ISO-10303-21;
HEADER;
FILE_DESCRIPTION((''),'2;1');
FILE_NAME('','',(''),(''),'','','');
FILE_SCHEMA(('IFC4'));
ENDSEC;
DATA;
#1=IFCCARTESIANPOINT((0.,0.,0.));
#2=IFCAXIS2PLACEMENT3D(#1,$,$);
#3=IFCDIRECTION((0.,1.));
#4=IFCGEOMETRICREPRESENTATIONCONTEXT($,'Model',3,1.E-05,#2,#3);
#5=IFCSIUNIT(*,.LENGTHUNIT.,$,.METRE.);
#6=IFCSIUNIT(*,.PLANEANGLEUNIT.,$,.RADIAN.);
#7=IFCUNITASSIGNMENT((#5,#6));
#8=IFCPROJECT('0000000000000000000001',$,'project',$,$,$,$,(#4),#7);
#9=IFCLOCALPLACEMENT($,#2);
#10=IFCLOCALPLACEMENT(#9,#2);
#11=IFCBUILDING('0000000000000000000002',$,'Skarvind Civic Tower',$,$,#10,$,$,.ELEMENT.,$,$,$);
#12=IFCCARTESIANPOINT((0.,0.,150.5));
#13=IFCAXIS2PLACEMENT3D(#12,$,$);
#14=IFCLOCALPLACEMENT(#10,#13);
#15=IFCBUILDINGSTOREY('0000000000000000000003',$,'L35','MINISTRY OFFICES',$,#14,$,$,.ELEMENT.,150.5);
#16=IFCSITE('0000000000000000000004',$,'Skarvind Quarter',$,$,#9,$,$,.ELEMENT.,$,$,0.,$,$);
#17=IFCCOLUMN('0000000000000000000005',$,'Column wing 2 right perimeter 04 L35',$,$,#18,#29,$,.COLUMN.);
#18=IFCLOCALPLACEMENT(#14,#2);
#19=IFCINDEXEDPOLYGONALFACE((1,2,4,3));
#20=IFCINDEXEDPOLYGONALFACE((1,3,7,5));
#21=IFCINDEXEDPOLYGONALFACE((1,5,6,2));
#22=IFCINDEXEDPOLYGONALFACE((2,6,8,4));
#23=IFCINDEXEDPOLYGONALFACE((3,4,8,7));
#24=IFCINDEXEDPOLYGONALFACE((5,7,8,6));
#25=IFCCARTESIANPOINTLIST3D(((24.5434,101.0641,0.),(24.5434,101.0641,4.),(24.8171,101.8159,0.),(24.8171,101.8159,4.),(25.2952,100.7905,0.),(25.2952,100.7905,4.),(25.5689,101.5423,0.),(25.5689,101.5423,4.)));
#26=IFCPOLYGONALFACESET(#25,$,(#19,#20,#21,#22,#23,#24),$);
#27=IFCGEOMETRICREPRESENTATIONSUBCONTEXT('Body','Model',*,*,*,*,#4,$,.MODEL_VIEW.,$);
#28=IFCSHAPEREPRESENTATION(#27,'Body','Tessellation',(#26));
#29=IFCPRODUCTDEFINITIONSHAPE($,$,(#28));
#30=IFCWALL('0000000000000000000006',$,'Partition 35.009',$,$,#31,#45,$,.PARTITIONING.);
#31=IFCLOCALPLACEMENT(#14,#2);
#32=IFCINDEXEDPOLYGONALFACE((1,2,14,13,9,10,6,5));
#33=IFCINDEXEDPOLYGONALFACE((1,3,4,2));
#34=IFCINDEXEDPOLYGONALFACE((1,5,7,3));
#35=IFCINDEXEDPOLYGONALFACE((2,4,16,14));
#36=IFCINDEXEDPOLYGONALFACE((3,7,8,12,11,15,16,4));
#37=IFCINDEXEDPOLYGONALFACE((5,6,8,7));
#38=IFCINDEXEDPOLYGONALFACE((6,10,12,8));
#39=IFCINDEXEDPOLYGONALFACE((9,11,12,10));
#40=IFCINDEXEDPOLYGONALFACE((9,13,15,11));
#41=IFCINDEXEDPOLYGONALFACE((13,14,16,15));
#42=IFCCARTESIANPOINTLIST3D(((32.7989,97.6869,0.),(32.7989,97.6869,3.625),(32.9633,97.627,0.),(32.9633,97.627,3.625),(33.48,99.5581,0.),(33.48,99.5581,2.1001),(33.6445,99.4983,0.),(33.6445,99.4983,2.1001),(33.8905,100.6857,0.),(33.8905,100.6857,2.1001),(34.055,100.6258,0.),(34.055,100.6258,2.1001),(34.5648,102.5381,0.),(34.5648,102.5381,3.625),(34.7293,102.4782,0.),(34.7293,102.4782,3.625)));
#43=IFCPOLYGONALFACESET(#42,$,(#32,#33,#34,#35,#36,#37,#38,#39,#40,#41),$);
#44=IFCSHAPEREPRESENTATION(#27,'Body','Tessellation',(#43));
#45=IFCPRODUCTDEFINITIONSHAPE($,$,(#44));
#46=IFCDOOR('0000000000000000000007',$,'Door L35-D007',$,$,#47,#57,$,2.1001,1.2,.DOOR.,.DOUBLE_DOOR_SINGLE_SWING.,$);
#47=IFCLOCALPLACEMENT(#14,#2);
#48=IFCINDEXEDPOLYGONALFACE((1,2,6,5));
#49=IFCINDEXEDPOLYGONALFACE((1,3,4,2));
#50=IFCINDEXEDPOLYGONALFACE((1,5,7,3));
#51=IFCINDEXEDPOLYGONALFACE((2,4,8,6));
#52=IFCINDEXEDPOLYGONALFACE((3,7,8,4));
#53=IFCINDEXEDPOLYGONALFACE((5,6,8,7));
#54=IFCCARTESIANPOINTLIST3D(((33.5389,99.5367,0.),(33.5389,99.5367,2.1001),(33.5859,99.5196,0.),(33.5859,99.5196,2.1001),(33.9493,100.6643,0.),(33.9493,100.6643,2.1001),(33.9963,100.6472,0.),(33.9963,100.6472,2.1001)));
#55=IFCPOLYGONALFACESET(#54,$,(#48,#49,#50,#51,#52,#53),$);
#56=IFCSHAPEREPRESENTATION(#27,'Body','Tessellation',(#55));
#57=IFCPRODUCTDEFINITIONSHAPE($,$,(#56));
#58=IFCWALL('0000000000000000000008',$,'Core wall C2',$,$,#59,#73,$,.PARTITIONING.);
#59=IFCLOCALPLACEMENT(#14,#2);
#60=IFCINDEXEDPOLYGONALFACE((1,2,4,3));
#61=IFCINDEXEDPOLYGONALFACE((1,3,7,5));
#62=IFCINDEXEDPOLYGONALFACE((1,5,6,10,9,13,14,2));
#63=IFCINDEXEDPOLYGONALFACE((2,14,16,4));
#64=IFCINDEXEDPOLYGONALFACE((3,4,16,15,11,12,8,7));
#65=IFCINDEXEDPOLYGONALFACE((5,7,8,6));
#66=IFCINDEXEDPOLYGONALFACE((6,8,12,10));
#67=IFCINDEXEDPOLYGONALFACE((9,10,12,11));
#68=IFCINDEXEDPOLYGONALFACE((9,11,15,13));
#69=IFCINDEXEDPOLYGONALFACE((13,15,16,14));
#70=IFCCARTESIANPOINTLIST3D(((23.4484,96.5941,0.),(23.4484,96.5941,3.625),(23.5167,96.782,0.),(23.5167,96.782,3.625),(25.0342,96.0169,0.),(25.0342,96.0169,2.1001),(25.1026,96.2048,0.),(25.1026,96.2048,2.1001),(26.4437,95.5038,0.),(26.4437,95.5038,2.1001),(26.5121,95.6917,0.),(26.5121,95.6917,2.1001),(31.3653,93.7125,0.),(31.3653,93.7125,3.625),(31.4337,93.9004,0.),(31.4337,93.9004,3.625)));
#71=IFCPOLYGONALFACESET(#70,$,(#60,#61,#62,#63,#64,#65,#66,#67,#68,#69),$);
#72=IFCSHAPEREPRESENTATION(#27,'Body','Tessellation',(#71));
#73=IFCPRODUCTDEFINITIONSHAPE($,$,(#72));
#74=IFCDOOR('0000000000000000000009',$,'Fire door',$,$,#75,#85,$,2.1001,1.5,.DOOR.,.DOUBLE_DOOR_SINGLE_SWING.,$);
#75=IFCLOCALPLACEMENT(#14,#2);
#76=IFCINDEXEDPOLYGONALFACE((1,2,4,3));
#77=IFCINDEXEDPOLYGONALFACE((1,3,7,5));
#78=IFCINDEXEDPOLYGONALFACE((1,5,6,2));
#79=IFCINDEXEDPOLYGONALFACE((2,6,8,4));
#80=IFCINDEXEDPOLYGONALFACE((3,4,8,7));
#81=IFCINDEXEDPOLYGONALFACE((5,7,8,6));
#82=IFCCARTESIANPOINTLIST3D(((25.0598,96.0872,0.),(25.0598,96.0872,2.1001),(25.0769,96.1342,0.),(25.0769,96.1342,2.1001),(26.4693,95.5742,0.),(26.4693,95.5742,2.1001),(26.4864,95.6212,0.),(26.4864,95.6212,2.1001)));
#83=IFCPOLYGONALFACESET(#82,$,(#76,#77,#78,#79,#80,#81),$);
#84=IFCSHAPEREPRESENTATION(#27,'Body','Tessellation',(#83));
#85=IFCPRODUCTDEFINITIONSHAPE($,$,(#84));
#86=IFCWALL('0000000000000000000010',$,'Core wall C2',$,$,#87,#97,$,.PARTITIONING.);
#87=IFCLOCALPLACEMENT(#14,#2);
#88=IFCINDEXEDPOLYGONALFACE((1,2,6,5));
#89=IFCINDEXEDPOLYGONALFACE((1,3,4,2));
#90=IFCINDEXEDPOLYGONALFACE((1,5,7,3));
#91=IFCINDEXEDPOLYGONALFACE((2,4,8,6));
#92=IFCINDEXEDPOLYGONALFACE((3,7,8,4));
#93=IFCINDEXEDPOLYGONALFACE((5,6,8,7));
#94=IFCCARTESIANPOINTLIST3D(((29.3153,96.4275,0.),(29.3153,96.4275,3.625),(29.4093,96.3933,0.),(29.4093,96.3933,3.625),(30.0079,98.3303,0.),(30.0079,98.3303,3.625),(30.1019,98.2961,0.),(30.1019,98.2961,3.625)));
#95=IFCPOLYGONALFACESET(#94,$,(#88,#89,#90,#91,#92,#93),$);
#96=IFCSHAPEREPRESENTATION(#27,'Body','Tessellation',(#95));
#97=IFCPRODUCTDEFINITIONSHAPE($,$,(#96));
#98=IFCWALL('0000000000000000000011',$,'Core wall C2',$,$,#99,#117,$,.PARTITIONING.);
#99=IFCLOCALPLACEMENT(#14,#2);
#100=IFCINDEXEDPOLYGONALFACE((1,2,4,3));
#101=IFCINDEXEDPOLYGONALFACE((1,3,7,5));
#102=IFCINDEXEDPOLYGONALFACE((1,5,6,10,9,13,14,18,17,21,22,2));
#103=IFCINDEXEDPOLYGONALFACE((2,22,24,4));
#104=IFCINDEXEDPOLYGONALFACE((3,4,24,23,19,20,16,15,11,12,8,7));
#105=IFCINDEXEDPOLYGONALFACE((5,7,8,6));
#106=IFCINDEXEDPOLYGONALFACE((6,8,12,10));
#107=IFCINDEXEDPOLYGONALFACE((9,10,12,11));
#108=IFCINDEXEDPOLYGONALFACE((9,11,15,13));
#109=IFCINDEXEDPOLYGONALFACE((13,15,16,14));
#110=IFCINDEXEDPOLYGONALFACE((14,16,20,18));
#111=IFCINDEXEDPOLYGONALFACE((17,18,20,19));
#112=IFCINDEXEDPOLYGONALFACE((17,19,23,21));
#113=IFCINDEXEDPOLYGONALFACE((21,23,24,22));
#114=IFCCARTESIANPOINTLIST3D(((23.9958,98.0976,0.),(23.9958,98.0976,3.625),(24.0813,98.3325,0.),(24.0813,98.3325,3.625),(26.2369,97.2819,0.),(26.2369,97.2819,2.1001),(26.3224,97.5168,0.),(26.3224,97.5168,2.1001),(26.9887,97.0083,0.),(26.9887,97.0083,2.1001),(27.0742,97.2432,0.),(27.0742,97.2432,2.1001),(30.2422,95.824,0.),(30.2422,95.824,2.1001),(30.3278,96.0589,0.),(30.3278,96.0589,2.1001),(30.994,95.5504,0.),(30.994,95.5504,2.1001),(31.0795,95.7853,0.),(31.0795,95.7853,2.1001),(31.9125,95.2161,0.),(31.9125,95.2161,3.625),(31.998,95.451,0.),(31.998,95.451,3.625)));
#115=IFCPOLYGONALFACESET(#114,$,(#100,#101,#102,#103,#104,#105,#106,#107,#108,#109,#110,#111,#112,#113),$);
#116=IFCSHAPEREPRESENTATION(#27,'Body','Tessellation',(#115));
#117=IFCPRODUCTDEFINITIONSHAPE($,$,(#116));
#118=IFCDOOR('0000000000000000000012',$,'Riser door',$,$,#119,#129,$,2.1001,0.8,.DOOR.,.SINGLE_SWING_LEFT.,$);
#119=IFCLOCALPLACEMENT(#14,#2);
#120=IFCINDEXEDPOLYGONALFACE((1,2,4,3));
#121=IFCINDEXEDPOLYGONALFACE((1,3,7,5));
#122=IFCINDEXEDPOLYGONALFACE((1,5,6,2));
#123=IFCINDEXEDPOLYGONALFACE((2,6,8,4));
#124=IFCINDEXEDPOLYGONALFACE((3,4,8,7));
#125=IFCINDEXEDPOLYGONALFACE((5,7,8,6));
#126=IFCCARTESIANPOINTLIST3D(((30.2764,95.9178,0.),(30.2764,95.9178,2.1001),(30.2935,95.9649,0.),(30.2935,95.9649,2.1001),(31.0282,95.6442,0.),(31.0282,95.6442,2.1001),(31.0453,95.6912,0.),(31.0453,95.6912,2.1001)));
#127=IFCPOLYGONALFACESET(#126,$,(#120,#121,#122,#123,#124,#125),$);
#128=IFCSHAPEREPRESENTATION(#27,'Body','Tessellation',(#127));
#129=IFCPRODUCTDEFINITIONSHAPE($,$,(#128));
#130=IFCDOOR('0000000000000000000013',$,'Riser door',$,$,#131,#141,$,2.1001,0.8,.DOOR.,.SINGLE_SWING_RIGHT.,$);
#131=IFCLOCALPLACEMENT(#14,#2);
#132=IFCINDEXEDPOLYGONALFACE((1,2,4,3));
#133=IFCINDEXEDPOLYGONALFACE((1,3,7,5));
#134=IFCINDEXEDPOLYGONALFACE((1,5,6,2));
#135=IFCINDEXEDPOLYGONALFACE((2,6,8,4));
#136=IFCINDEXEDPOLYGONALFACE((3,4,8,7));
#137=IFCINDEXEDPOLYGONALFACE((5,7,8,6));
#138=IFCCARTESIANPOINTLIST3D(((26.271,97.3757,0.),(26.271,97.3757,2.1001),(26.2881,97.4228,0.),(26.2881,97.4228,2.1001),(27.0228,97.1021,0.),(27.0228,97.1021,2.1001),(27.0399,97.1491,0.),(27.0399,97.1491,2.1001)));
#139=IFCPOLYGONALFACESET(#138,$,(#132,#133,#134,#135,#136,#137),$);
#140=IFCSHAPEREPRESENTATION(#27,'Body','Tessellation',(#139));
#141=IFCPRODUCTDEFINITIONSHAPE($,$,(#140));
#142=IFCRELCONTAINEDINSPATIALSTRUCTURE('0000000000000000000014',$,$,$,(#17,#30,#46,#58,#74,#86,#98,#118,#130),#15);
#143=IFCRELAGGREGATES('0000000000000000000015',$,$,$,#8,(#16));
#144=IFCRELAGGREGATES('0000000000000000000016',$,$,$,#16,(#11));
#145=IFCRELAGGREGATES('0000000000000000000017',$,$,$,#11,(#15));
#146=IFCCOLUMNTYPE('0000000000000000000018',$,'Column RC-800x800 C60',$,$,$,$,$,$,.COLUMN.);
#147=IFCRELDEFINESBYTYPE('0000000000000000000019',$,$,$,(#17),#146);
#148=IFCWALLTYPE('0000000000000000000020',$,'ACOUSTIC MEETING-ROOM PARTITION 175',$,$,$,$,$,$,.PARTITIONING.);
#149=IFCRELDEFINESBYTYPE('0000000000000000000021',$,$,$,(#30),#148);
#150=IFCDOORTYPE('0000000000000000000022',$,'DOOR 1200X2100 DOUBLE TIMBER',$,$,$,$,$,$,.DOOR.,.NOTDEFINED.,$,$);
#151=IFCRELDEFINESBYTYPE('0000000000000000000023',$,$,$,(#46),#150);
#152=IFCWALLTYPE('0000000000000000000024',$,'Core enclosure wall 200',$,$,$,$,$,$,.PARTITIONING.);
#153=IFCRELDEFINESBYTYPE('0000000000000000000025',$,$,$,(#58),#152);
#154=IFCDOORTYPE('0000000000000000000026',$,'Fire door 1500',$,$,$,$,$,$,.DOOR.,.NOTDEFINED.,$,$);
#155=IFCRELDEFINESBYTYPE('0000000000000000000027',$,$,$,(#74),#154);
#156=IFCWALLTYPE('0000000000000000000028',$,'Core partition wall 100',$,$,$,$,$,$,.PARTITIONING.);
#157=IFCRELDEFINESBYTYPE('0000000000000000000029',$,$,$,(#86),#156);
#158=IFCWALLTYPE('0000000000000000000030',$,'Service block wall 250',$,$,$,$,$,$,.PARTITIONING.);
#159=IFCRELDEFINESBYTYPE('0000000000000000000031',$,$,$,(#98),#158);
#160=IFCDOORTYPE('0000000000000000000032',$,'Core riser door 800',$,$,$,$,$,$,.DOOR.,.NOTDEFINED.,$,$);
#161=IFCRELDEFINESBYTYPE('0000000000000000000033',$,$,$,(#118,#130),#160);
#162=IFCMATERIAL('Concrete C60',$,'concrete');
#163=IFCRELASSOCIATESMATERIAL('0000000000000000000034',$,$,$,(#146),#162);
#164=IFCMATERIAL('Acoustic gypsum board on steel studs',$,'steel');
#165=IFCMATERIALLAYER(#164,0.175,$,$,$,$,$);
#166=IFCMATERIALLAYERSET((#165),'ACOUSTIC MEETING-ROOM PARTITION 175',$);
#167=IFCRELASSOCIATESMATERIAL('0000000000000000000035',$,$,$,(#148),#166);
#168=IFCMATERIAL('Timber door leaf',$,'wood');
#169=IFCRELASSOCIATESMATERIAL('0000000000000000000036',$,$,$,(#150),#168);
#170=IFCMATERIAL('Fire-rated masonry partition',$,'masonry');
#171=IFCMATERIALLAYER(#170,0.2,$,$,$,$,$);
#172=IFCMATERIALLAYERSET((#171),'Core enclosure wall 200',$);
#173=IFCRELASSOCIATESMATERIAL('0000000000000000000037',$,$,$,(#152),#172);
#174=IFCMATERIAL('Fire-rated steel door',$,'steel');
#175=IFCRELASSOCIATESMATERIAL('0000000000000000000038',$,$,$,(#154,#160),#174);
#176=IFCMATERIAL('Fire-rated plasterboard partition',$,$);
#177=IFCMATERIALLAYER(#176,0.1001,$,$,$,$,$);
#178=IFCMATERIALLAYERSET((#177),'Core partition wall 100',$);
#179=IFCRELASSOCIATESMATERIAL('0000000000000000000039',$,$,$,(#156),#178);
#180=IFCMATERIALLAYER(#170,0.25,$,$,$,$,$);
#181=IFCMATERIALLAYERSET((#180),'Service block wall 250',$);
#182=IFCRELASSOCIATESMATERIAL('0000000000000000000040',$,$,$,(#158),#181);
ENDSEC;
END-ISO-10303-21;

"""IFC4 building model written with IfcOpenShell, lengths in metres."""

from ifc_helpers import new_model, si_unit, direction, frame, frame_2d, origin, origin_2d, place, context, subcontext, project, spatial, rectangle, extrude, material, layer, layer_set, material_profile, profile_set, type_object, element, fill, save


model = new_model("IFC4")

# Units and contexts
model_context = context("Model", 3, precision=1e-05, world=origin(), true_north=direction((0.0, 1.0)))
body_context = subcontext(model_context, "Body", "Model", "MODEL_VIEW")
ifc_project = project(units=[si_unit("LENGTHUNIT", "METRE"), si_unit("PLANEANGLEUNIT", "RADIAN")], contexts=[model_context])

# Site, building, storey
site_placement = place(None, origin())
site = spatial("IfcSite", under=ifc_project, at=site_placement, Name="Skarvind Quarter", CompositionType="ELEMENT", RefElevation=0.0)
building_placement = place(site_placement, origin())
building = spatial("IfcBuilding", under=site, at=building_placement, Name="Skarvind Civic Tower", CompositionType="ELEMENT")
storey_placement = place(building_placement, frame((0.0, 0.0, 150.5)))
storey = spatial("IfcBuildingStorey", under=building, at=storey_placement, Name="L35", Description="MINISTRY OFFICES", CompositionType="ELEMENT", Elevation=150.5)

# Column
ifc_material_1 = material(Name="Concrete C60", Category="concrete")
ifc_material_profile = material_profile(ifc_material_1, rectangle(XDim=0.8, YDim=0.8, at=origin_2d()), Name="RC-800x800")
ifc_profile_set = profile_set([ifc_material_profile], Name="Concrete C60")
column_type = type_object("IfcColumnType", Name="Column RC-800x800 C60", PredefinedType="COLUMN", material=ifc_profile_set)
column_placement = place(storey_placement, frame((25.0562, 101.3032, 0.0), z_axis=(0.0, 0.0, 1.0), x_axis=(-0.34202, -0.939693, 0.0)))
element("IfcColumn", 1, at=column_placement, inside=storey, type_object=column_type, Name="Column wing 2 right perimeter 04 L35", PredefinedType="COLUMN", context=body_context, shape_type="SweptSolid", body=[
    extrude(rectangle(XDim=0.8, YDim=0.8, at=origin_2d()), origin(), (0.0, 0.0, 1.0), 4.0),
])

# Walls, openings, doors
ifc_material_2 = material(Name="Acoustic gypsum board on steel studs", Category="steel")
ifc_layer_1 = layer(ifc_material_2, 0.175)
ifc_layer_set_1 = layer_set([ifc_layer_1], Name="ACOUSTIC MEETING-ROOM PARTITION 175")
wall_type_1 = type_object("IfcWallType", Name="ACOUSTIC MEETING-ROOM PARTITION 175", PredefinedType="PARTITIONING", material=ifc_layer_set_1)
wall_1_placement = place(storey_placement, frame((32.8811, 97.657, 0.0), z_axis=(0.0, 0.0, 1.0), x_axis=(0.342058, 0.939679, 0.0)))
wall_1 = element("IfcWall", 2, at=wall_1_placement, inside=storey, type_object=wall_type_1, Name="Partition 35.009", PredefinedType="PARTITIONING", context=body_context, shape_type="SweptSolid", body=[
    extrude(rectangle(XDim=5.1626, YDim=0.175, at=frame_2d((2.5813, 0.0))), origin(), (0.0, 0.0, 1.0), 3.625),
])
opening_1_placement = place(wall_1_placement, frame((1.9912, 0.0, 0.0)))
opening_1 = element("IfcOpeningElement", 3, at=opening_1_placement, cuts=wall_1, PredefinedType="OPENING", context=body_context, shape_type="SweptSolid", body=[
    extrude(rectangle(XDim=1.2, YDim=2.1001, at=frame_2d((0.6001, 1.05))), frame((0.0, 0.0974, 0.0), z_axis=(0.0, -1.0, 0.0), x_axis=(1.0, 0.0, 0.0)), (0.0, 0.0, 1.0), 0.1951),
])
ifc_material_3 = material(Name="Timber door leaf", Category="wood")
door_type_1 = type_object("IfcDoorType", Name="DOOR 1200X2100 DOUBLE TIMBER", OperationType="NOTDEFINED", PredefinedType="DOOR", material=ifc_material_3)
door_1_placement = place(opening_1_placement, origin())
door_1 = element("IfcDoor", 4, at=door_1_placement, inside=storey, type_object=door_type_1, Name="Door L35-D007", OperationType="DOUBLE_DOOR_SINGLE_SWING", OverallHeight=2.1001, OverallWidth=1.2, PredefinedType="DOOR", context=body_context, shape_type="SweptSolid", body=[
    extrude(rectangle(XDim=1.2, YDim=2.1001, at=frame_2d((0.6001, 1.05))), frame((0.0, 0.0249, 0.0), z_axis=(0.0, -1.0, 0.0), x_axis=(1.0, 0.0, 0.0)), (0.0, 0.0, 1.0), 0.05),
])
fill(opening_1, door_1)
ifc_material_4 = material(Name="Fire-rated masonry partition", Category="masonry")
ifc_layer_2 = layer(ifc_material_4, 0.2)
ifc_layer_set_2 = layer_set([ifc_layer_2], Name="Core enclosure wall 200")
wall_type_2 = type_object("IfcWallType", Name="Core enclosure wall 200", PredefinedType="PARTITIONING", material=ifc_layer_set_2)
wall_2_placement = place(storey_placement, frame((23.4827, 96.688, 0.0), z_axis=(0.0, 0.0, 1.0), x_axis=(0.939691, -0.342025, 0.0)))
wall_2 = element("IfcWall", 5, at=wall_2_placement, inside=storey, type_object=wall_type_2, Name="Core wall C2", PredefinedType="PARTITIONING", context=body_context, shape_type="SweptSolid", body=[
    extrude(rectangle(XDim=8.425, YDim=0.2, at=frame_2d((4.2124, 0.0))), origin(), (0.0, 0.0, 1.0), 3.625),
])
opening_2_placement = place(wall_2_placement, frame((1.6875, 0.0, 0.0)))
opening_2 = element("IfcOpeningElement", 6, at=opening_2_placement, cuts=wall_2, PredefinedType="OPENING", context=body_context, shape_type="SweptSolid", body=[
    extrude(rectangle(XDim=1.5, YDim=2.1001, at=frame_2d((0.75, 1.05))), frame((0.0, 0.1099, 0.0), z_axis=(0.0, -1.0, 0.0), x_axis=(1.0, 0.0, 0.0)), (0.0, 0.0, 1.0), 0.22),
])
ifc_material_5 = material(Name="Fire-rated steel door", Category="steel")
door_type_2 = type_object("IfcDoorType", Name="Fire door 1500", OperationType="NOTDEFINED", PredefinedType="DOOR", material=ifc_material_5)
door_2_placement = place(opening_2_placement, origin())
door_2 = element("IfcDoor", 7, at=door_2_placement, inside=storey, type_object=door_type_2, Name="Fire door", OperationType="DOUBLE_DOOR_SINGLE_SWING", OverallHeight=2.1001, OverallWidth=1.5, PredefinedType="DOOR", context=body_context, shape_type="SweptSolid", body=[
    extrude(rectangle(XDim=1.5, YDim=2.1001, at=frame_2d((0.75, 1.05))), frame((0.0, 0.0249, 0.0), z_axis=(0.0, -1.0, 0.0), x_axis=(1.0, 0.0, 0.0)), (0.0, 0.0, 1.0), 0.05),
])
fill(opening_2, door_2)

# Wall
ifc_material_6 = material(Name="Fire-rated plasterboard partition")
ifc_layer_3 = layer(ifc_material_6, 0.1001)
ifc_layer_set_3 = layer_set([ifc_layer_3], Name="Core partition wall 100")
wall_type_3 = type_object("IfcWallType", Name="Core partition wall 100", PredefinedType="PARTITIONING", material=ifc_layer_set_3)
wall_3_placement = place(storey_placement, frame((29.3623, 96.4104, 0.0), z_axis=(0.0, 0.0, 1.0), x_axis=(0.342043, 0.939684, 0.0)))
element("IfcWall", 8, at=wall_3_placement, inside=storey, type_object=wall_type_3, Name="Core wall C2", PredefinedType="PARTITIONING", context=body_context, shape_type="SweptSolid", body=[
    extrude(rectangle(XDim=2.0249, YDim=0.1001, at=frame_2d((1.0125, 0.0))), origin(), (0.0, 0.0, 1.0), 3.625),
])

# Wall, openings, doors
ifc_layer_4 = layer(ifc_material_4, 0.25)
ifc_layer_set_4 = layer_set([ifc_layer_4], Name="Service block wall 250")
wall_type_4 = type_object("IfcWallType", Name="Service block wall 250", PredefinedType="PARTITIONING", material=ifc_layer_set_4)
wall_4_placement = place(storey_placement, frame((24.0386, 98.2151, 0.0), z_axis=(0.0, 0.0, 1.0), x_axis=(0.939688, -0.342034, 0.0)))
wall_4 = element("IfcWall", 9, at=wall_4_placement, inside=storey, type_object=wall_type_4, Name="Core wall C2", PredefinedType="PARTITIONING", context=body_context, shape_type="SweptSolid", body=[
    extrude(rectangle(XDim=8.4248, YDim=0.25, at=frame_2d((4.2124, 0.0))), origin(), (0.0, 0.0, 1.0), 3.625),
])
opening_3_placement = place(wall_4_placement, frame((6.6475, 0.0, 0.0)))
opening_3 = element("IfcOpeningElement", 10, at=opening_3_placement, cuts=wall_4, PredefinedType="OPENING", context=body_context, shape_type="SweptSolid", body=[
    extrude(rectangle(XDim=0.8, YDim=2.1001, at=frame_2d((0.3999, 1.05))), frame((0.0, 0.135, 0.0), z_axis=(0.0, -1.0, 0.0), x_axis=(1.0, 0.0, 0.0)), (0.0, 0.0, 1.0), 0.27),
])
opening_4_placement = place(wall_4_placement, frame((2.385, 0.0, 0.0)))
opening_4 = element("IfcOpeningElement", 11, at=opening_4_placement, cuts=wall_4, PredefinedType="OPENING", context=body_context, shape_type="SweptSolid", body=[
    extrude(rectangle(XDim=0.8, YDim=2.1001, at=frame_2d((0.3999, 1.05))), frame((0.0, 0.135, 0.0), z_axis=(0.0, -1.0, 0.0), x_axis=(1.0, 0.0, 0.0)), (0.0, 0.0, 1.0), 0.27),
])
door_type_3 = type_object("IfcDoorType", Name="Core riser door 800", OperationType="NOTDEFINED", PredefinedType="DOOR", material=ifc_material_5)
door_3_placement = place(opening_3_placement, origin())
door_3 = element("IfcDoor", 12, at=door_3_placement, inside=storey, type_object=door_type_3, Name="Riser door", OperationType="SINGLE_SWING_LEFT", OverallHeight=2.1001, OverallWidth=0.8, PredefinedType="DOOR", context=body_context, shape_type="SweptSolid", body=[
    extrude(rectangle(XDim=0.8, YDim=2.1001, at=frame_2d((0.3999, 1.05))), frame((0.0, 0.0249, 0.0), z_axis=(0.0, -1.0, 0.0), x_axis=(1.0, 0.0, 0.0)), (0.0, 0.0, 1.0), 0.05),
])
fill(opening_3, door_3)
door_4_placement = place(opening_4_placement, origin())
door_4 = element("IfcDoor", 13, at=door_4_placement, inside=storey, type_object=door_type_3, Name="Riser door", OperationType="SINGLE_SWING_RIGHT", OverallHeight=2.1001, OverallWidth=0.8, PredefinedType="DOOR", context=body_context, shape_type="SweptSolid", body=[
    extrude(rectangle(XDim=0.8, YDim=2.1001, at=frame_2d((0.3999, 1.05))), frame((0.0, 0.0249, 0.0), z_axis=(0.0, -1.0, 0.0), x_axis=(1.0, 0.0, 0.0)), (0.0, 0.0, 1.0), 0.05),
])
fill(opening_4, door_4)

save(model, "model.ifc")
